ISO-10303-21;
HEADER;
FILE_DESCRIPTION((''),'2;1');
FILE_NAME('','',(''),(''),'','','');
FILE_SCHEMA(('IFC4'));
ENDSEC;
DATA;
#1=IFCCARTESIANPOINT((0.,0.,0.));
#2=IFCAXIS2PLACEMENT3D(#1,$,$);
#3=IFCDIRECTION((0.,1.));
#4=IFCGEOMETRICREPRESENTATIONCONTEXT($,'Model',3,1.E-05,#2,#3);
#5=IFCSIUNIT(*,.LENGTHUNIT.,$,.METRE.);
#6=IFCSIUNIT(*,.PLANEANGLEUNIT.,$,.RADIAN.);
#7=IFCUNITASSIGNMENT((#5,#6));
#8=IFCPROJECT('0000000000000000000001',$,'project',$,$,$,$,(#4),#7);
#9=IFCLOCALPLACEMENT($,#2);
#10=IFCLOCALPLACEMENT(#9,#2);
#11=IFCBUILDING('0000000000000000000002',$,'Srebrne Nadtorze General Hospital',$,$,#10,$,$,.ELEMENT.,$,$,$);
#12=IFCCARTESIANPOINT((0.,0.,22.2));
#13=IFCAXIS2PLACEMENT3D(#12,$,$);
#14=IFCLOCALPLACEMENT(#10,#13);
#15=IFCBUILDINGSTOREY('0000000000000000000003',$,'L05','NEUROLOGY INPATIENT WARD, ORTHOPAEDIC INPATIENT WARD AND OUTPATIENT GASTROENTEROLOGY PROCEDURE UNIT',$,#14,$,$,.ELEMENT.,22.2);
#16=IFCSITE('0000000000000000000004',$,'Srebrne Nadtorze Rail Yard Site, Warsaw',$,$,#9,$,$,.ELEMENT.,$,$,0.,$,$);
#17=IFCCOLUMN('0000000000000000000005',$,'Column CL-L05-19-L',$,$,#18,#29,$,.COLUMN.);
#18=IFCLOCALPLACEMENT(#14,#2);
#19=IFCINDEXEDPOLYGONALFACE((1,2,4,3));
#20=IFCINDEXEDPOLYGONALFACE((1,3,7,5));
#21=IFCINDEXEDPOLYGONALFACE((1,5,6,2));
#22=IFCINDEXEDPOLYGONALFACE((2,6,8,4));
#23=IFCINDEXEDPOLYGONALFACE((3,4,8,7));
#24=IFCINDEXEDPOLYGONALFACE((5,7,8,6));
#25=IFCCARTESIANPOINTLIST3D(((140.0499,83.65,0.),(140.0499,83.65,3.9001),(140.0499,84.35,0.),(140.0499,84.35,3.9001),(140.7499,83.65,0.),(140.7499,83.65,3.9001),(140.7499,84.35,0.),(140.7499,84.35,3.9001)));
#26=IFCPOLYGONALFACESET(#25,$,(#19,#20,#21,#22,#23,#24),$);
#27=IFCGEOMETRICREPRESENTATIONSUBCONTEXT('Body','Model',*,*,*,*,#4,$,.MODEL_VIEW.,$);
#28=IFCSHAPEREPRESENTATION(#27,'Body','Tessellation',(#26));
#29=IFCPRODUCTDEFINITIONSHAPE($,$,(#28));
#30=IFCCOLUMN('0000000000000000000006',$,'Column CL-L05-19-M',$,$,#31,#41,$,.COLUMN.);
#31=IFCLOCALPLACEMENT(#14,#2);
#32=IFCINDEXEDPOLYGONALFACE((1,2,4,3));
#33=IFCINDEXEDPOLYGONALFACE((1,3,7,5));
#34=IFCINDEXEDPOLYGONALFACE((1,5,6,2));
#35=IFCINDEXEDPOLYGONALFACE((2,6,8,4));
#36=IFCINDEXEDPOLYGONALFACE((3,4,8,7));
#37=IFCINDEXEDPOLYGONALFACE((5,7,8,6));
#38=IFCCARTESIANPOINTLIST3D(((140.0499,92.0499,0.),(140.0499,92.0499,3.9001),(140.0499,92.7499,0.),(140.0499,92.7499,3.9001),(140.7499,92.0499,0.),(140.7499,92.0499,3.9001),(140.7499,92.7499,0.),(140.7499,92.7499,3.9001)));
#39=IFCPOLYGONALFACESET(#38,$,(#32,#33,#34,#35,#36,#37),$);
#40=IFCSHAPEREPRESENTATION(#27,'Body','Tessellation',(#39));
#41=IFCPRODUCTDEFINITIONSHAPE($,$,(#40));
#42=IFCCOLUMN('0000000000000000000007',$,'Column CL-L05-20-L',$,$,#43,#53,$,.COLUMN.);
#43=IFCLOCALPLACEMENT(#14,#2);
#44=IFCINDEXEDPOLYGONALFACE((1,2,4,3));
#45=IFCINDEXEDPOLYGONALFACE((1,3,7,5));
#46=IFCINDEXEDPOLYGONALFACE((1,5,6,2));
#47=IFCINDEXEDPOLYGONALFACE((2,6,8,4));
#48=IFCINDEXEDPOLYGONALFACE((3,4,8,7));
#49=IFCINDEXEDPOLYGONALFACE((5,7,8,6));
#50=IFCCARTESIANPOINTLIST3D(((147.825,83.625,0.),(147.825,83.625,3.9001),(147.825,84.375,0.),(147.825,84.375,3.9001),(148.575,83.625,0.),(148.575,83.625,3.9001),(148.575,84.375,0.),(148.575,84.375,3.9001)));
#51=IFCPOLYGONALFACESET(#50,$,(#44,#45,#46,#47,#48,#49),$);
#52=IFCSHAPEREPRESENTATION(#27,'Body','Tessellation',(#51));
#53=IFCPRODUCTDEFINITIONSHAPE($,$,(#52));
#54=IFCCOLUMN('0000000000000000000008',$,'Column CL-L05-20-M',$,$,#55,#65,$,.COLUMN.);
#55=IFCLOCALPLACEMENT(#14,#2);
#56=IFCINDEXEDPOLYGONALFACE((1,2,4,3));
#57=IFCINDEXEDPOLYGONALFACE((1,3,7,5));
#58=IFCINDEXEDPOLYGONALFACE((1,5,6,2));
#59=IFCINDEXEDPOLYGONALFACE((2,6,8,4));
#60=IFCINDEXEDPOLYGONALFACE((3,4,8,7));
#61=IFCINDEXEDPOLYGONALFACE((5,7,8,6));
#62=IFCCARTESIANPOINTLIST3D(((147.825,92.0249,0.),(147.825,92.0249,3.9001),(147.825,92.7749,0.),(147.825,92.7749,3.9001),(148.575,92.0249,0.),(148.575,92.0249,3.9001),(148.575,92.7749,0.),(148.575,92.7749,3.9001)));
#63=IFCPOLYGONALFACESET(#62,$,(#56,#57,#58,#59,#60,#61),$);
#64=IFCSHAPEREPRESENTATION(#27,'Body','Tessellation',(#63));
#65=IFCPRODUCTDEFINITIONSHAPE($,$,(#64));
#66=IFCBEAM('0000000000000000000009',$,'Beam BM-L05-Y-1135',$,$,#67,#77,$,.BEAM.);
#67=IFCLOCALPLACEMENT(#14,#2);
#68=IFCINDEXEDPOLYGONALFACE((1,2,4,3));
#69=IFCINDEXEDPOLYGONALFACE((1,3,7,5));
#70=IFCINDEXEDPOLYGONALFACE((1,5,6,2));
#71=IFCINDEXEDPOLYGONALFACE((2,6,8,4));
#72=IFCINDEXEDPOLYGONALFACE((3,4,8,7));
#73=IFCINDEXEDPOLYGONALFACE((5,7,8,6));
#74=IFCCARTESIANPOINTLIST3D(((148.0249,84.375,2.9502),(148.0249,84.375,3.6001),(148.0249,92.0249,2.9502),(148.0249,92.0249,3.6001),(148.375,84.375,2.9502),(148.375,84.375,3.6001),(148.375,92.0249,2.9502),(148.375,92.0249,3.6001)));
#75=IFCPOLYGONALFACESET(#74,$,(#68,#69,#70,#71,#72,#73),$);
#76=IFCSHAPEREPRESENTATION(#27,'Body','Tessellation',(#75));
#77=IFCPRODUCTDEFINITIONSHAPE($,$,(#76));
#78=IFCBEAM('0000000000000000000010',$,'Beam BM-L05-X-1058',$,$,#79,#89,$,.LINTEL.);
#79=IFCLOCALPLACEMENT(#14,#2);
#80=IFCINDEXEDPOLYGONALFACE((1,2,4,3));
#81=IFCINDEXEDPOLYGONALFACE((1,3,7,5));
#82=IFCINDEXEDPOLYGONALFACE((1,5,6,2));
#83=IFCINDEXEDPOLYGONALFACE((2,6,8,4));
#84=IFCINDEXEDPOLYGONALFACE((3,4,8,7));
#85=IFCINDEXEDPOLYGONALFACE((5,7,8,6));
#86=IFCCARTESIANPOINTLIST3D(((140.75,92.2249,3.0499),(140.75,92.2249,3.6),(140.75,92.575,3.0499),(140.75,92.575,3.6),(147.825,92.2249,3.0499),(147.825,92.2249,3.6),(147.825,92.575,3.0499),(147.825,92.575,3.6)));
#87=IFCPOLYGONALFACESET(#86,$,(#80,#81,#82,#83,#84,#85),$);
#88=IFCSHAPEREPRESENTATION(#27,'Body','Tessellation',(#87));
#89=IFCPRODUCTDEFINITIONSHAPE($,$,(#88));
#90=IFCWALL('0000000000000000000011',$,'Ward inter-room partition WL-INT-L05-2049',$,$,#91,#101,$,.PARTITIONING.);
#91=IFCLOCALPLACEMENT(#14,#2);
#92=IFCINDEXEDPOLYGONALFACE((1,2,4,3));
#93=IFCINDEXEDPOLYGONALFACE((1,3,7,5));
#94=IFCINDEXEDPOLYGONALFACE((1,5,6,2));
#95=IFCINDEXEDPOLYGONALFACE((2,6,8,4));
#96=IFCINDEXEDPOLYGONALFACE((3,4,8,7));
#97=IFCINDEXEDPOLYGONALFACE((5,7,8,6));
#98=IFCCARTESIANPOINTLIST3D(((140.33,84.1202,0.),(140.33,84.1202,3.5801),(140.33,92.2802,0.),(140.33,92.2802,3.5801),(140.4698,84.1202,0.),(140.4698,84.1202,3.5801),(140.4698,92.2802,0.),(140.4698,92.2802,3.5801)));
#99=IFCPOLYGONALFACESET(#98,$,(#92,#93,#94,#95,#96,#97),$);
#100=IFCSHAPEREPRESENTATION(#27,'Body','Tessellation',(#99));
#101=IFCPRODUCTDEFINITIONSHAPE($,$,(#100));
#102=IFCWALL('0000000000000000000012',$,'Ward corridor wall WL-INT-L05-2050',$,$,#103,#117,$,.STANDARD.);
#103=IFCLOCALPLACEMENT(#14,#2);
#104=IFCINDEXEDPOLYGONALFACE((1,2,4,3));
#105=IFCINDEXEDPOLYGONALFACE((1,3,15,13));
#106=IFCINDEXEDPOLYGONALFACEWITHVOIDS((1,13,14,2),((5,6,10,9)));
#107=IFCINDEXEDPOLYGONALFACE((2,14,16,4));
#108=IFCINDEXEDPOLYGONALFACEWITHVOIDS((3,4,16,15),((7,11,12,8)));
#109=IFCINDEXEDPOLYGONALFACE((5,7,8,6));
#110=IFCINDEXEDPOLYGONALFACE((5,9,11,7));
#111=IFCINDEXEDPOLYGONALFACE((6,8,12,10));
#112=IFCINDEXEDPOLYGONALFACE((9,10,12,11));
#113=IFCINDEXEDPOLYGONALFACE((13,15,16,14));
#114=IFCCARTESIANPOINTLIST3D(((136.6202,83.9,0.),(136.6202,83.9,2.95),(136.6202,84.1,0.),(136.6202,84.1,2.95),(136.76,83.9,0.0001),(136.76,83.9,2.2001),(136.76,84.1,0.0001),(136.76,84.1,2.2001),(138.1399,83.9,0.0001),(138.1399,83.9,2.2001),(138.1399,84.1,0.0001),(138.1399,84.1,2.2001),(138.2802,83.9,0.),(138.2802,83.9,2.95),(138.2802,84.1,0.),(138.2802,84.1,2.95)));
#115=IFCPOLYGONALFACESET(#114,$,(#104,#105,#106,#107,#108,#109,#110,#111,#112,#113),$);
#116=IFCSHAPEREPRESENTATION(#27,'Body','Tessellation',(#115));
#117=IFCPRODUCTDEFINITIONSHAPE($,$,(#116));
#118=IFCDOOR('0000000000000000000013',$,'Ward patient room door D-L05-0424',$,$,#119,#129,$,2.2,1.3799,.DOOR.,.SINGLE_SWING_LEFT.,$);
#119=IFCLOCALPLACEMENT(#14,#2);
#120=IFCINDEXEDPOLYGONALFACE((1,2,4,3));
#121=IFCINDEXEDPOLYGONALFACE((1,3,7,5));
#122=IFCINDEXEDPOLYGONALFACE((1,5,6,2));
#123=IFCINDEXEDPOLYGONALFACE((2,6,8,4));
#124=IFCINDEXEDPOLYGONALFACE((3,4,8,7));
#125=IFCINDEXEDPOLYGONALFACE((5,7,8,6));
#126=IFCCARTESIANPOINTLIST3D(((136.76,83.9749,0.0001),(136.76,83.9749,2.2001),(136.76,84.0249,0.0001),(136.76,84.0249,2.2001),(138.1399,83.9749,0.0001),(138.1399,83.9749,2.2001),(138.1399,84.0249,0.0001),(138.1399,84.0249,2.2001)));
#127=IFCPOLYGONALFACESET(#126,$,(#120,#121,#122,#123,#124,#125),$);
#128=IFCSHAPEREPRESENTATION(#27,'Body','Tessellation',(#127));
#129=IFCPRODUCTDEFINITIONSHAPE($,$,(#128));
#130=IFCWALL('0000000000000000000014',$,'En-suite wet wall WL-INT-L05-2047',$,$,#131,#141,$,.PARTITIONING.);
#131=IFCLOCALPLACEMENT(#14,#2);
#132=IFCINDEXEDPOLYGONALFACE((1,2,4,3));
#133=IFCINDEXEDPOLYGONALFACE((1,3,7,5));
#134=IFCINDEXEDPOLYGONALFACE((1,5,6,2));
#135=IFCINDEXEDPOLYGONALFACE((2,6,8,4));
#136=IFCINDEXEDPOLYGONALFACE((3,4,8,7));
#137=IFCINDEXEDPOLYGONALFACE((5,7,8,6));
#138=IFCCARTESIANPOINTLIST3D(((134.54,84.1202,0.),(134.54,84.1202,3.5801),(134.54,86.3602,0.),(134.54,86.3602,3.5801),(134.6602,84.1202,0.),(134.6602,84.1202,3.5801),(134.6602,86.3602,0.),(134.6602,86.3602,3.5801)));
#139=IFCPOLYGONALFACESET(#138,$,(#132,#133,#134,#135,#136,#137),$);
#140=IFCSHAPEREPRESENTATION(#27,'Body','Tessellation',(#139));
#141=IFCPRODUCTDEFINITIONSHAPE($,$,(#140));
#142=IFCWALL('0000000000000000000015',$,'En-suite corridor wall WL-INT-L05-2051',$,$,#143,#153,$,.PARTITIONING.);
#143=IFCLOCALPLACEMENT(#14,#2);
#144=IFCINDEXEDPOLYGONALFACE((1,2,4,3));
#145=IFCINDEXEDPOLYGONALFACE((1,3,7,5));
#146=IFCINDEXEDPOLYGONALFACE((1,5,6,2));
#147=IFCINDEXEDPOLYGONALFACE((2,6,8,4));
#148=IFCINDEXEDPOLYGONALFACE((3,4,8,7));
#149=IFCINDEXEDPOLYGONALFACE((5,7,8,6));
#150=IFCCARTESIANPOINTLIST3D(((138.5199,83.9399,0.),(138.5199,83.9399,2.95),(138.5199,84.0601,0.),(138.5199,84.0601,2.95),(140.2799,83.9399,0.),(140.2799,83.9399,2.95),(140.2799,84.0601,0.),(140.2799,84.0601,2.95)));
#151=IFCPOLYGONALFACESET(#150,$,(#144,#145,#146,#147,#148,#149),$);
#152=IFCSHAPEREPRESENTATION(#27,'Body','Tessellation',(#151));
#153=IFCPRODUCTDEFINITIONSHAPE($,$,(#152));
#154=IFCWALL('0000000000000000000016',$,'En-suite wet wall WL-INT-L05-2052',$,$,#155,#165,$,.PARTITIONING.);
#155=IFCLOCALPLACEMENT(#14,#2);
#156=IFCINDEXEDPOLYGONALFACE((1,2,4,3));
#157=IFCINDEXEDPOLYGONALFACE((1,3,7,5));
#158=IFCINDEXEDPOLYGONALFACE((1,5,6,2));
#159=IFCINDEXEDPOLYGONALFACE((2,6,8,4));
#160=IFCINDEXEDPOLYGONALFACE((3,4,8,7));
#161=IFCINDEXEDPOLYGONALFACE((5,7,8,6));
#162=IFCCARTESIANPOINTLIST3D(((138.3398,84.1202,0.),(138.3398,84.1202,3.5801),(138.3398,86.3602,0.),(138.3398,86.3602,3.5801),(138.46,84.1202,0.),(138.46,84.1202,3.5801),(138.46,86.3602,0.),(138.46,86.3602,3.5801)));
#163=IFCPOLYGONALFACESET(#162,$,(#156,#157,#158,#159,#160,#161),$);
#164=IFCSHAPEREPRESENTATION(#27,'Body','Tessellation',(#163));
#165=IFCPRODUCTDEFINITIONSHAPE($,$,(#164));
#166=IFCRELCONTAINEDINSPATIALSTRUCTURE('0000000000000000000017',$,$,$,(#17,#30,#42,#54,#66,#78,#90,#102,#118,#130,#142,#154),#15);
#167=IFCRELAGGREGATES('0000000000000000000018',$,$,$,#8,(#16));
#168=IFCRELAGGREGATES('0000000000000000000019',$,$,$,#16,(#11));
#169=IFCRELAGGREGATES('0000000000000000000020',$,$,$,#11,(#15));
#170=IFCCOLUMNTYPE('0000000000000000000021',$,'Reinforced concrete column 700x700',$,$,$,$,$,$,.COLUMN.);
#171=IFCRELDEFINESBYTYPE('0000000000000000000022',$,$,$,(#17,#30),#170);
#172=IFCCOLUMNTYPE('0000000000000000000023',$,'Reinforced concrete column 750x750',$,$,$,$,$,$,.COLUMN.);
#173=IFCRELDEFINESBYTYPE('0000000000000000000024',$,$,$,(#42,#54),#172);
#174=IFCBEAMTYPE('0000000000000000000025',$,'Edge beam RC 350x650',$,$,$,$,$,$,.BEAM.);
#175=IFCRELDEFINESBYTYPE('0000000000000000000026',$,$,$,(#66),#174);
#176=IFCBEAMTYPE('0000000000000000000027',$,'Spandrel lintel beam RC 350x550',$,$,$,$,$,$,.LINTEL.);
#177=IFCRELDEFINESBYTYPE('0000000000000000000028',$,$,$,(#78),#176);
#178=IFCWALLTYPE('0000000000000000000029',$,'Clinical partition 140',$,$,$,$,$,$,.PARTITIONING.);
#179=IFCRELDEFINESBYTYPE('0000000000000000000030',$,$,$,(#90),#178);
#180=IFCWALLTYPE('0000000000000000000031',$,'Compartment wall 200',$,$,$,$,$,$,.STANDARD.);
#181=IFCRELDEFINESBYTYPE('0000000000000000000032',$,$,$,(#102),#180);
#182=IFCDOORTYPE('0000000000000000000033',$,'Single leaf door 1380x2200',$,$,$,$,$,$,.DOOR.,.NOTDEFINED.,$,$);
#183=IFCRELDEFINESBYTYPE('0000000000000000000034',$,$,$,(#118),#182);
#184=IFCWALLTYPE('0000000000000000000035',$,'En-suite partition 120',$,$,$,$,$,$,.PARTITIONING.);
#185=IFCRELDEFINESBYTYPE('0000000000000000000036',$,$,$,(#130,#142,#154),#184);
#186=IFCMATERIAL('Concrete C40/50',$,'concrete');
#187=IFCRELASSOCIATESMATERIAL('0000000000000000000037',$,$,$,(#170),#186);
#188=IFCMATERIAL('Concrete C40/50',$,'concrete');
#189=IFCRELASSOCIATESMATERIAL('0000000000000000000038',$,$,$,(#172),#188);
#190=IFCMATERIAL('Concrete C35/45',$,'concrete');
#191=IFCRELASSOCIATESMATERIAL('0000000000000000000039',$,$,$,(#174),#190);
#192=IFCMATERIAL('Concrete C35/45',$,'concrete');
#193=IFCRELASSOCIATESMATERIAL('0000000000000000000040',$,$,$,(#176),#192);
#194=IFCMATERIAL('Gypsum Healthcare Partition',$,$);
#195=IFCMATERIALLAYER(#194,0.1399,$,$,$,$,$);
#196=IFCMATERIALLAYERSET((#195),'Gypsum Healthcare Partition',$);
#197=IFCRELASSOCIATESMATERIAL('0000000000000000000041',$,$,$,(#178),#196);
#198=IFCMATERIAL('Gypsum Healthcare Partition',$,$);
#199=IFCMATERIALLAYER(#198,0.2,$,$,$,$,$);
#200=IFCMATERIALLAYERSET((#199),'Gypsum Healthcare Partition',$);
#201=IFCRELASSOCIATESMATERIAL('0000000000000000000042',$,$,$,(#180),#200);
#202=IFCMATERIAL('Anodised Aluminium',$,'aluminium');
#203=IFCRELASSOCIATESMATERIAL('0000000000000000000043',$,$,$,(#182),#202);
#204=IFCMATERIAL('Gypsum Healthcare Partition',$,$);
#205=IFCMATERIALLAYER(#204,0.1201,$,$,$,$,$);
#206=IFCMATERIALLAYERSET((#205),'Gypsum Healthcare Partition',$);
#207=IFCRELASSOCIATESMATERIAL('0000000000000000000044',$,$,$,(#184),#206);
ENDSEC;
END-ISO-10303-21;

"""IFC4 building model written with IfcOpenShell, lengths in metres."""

from ifc_helpers import new_model, si_unit, direction, frame, frame_2d, origin, origin_2d, place, context, subcontext, project, spatial, rectangle, extrude, material, layer, layer_set, material_profile, profile_set, type_object, element, fill, save


model = new_model("IFC4")

# Units and contexts
model_context = context("Model", 3, precision=1e-05, world=origin(), true_north=direction((0.0, 1.0)))
body_context = subcontext(model_context, "Body", "Model", "MODEL_VIEW")
ifc_project = project(units=[si_unit("LENGTHUNIT", "METRE"), si_unit("PLANEANGLEUNIT", "RADIAN")], contexts=[model_context])

# Site, building, storey
site_placement = place(None, origin())
site = spatial("IfcSite", under=ifc_project, at=site_placement, Name="Srebrne Nadtorze Rail Yard Site, Warsaw", CompositionType="ELEMENT", RefElevation=0.0)
building_placement = place(site_placement, origin())
building = spatial("IfcBuilding", under=site, at=building_placement, Name="Srebrne Nadtorze General Hospital", CompositionType="ELEMENT")
storey_placement = place(building_placement, frame((0.0, 0.0, 22.2)))
storey = spatial("IfcBuildingStorey", under=building, at=storey_placement, Name="L05", Description="NEUROLOGY INPATIENT WARD, ORTHOPAEDIC INPATIENT WARD AND OUTPATIENT GASTROENTEROLOGY PROCEDURE UNIT", CompositionType="ELEMENT", Elevation=22.2)

# Columns
ifc_material_1 = material(Name="Concrete C40/50", Category="concrete")
ifc_material_profile_1 = material_profile(ifc_material_1, rectangle(XDim=0.7, YDim=0.7, at=origin_2d()), Name="RC-COL-700x700")
ifc_profile_set_1 = profile_set([ifc_material_profile_1], Name="Concrete C40/50")
column_type_1 = type_object("IfcColumnType", Name="Reinforced concrete column 700x700", PredefinedType="COLUMN", material=ifc_profile_set_1)
for number, where, z_axis, x_axis, name in (
    (1, (140.3999, 84.0, 0.0), (0.0, 0.0, 1.0), (1.0, 0.0, 0.0), "Column CL-L05-19-L"),
    (2, (140.3999, 92.3999, 0.0), (0.0, 0.0, 1.0), (1.0, 0.0, 0.0), "Column CL-L05-19-M"),
):
    element("IfcColumn", number, at=place(storey_placement, frame(where, z_axis=z_axis, x_axis=x_axis)), inside=storey, type_object=column_type_1, Name=name, PredefinedType="COLUMN", context=body_context, shape_type="SweptSolid", body=[
        extrude(rectangle(XDim=0.7, YDim=0.7, at=origin_2d()), origin(), (0.0, 0.0, 1.0), 3.9001),
    ])
ifc_material_2 = material(Name="Concrete C40/50", Category="concrete")
ifc_material_profile_2 = material_profile(ifc_material_2, rectangle(XDim=0.75, YDim=0.75, at=origin_2d()), Name="RC-COL-750x750")
ifc_profile_set_2 = profile_set([ifc_material_profile_2], Name="Concrete C40/50")
column_type_2 = type_object("IfcColumnType", Name="Reinforced concrete column 750x750", PredefinedType="COLUMN", material=ifc_profile_set_2)
for number, where, z_axis, x_axis, name in (
    (3, (148.2, 84.0, 0.0), (0.0, 0.0, 1.0), (1.0, 0.0, 0.0), "Column CL-L05-20-L"),
    (4, (148.2, 92.3999, 0.0), (0.0, 0.0, 1.0), (1.0, 0.0, 0.0), "Column CL-L05-20-M"),
):
    element("IfcColumn", number, at=place(storey_placement, frame(where, z_axis=z_axis, x_axis=x_axis)), inside=storey, type_object=column_type_2, Name=name, PredefinedType="COLUMN", context=body_context, shape_type="SweptSolid", body=[
        extrude(rectangle(XDim=0.75, YDim=0.75, at=origin_2d()), origin(), (0.0, 0.0, 1.0), 3.9001),
    ])

# Beams
ifc_material_3 = material(Name="Concrete C35/45", Category="concrete")
ifc_material_profile_3 = material_profile(ifc_material_3, rectangle(XDim=0.3501, YDim=0.6499, at=origin_2d()), Name="RC-BM-350x650")
ifc_profile_set_3 = profile_set([ifc_material_profile_3], Name="Concrete C35/45")
beam_type_1 = type_object("IfcBeamType", Name="Edge beam RC 350x650", PredefinedType="BEAM", material=ifc_profile_set_3)
beam_1_placement = place(storey_placement, frame((148.2, 84.375, 3.2751), z_axis=(0.0, 1.0, 0.0), x_axis=(-1.0, 0.0, 0.0)))
element("IfcBeam", 5, at=beam_1_placement, inside=storey, type_object=beam_type_1, Name="Beam BM-L05-Y-1135", PredefinedType="BEAM", context=body_context, shape_type="SweptSolid", body=[
    extrude(rectangle(XDim=0.3501, YDim=0.6499, at=origin_2d()), origin(), (0.0, 0.0, 1.0), 7.6499),
])
ifc_material_4 = material(Name="Concrete C35/45", Category="concrete")
ifc_material_profile_4 = material_profile(ifc_material_4, rectangle(XDim=0.3501, YDim=0.55, at=origin_2d()), Name="RC-BM-350x550")
ifc_profile_set_4 = profile_set([ifc_material_profile_4], Name="Concrete C35/45")
beam_type_2 = type_object("IfcBeamType", Name="Spandrel lintel beam RC 350x550", PredefinedType="LINTEL", material=ifc_profile_set_4)
beam_2_placement = place(storey_placement, frame((140.75, 92.3999, 3.325), z_axis=(1.0, 0.0, 0.0), x_axis=(0.0, 1.0, 0.0)))
element("IfcBeam", 6, at=beam_2_placement, inside=storey, type_object=beam_type_2, Name="Beam BM-L05-X-1058", PredefinedType="LINTEL", context=body_context, shape_type="SweptSolid", body=[
    extrude(rectangle(XDim=0.3501, YDim=0.55, at=origin_2d()), origin(), (0.0, 0.0, 1.0), 7.075),
])

# Wall
ifc_material_5 = material(Name="Gypsum Healthcare Partition")
ifc_layer_1 = layer(ifc_material_5, 0.1399)
ifc_layer_set_1 = layer_set([ifc_layer_1], Name="Gypsum Healthcare Partition")
wall_type_1 = type_object("IfcWallType", Name="Clinical partition 140", PredefinedType="PARTITIONING", material=ifc_layer_set_1)
wall_1_placement = place(storey_placement, frame((140.3999, 84.1201, 0.0), z_axis=(0.0, 0.0, 1.0), x_axis=(0.0, 1.0, 0.0)))
element("IfcWall", 7, at=wall_1_placement, inside=storey, type_object=wall_type_1, Name="Ward inter-room partition WL-INT-L05-2049", PredefinedType="PARTITIONING", context=body_context, shape_type="SweptSolid", body=[
    extrude(rectangle(XDim=8.1599, YDim=0.1399, at=frame_2d((4.0801, 0.0))), origin(), (0.0, 0.0, 1.0), 3.5801),
])

# Wall, opening, door
ifc_material_6 = material(Name="Gypsum Healthcare Partition")
ifc_layer_2 = layer(ifc_material_6, 0.2)
ifc_layer_set_2 = layer_set([ifc_layer_2], Name="Gypsum Healthcare Partition")
wall_type_2 = type_object("IfcWallType", Name="Compartment wall 200", PredefinedType="STANDARD", material=ifc_layer_set_2)
wall_2_placement = place(storey_placement, frame((136.6201, 84.0, 0.0), z_axis=(0.0, 0.0, 1.0), x_axis=(1.0, 0.0, 0.0)))
wall_2 = element("IfcWall", 8, at=wall_2_placement, inside=storey, type_object=wall_type_2, Name="Ward corridor wall WL-INT-L05-2050", PredefinedType="STANDARD", context=body_context, shape_type="SweptSolid", body=[
    extrude(rectangle(XDim=1.6599, YDim=0.2, at=frame_2d((0.8301, 0.0))), origin(), (0.0, 0.0, 1.0), 2.95),
])
opening_1_placement = place(wall_2_placement, frame((0.1399, 0.0, 0.0)))
opening_1 = element("IfcOpeningElement", 9, at=opening_1_placement, cuts=wall_2, PredefinedType="OPENING", context=body_context, shape_type="SweptSolid", body=[
    extrude(rectangle(XDim=1.3799, YDim=2.2, at=frame_2d((0.6899, 1.1001))), frame((0.0, 0.1118, 0.0), z_axis=(0.0, -1.0, 0.0), x_axis=(1.0, 0.0, 0.0)), (0.0, 0.0, 1.0), 0.2239),
])
ifc_material_7 = material(Name="Anodised Aluminium", Category="aluminium")
door_type_1 = type_object("IfcDoorType", Name="Single leaf door 1380x2200", OperationType="NOTDEFINED", PredefinedType="DOOR", material=ifc_material_7)
door_1_placement = place(opening_1_placement, origin())
door_1 = element("IfcDoor", 10, at=door_1_placement, inside=storey, type_object=door_type_1, Name="Ward patient room door D-L05-0424", OperationType="SINGLE_SWING_LEFT", OverallHeight=2.2, OverallWidth=1.3799, PredefinedType="DOOR", context=body_context, shape_type="SweptSolid", body=[
    extrude(rectangle(XDim=1.3799, YDim=2.2, at=frame_2d((0.6899, 1.1001))), frame((0.0, 0.0249, 0.0), z_axis=(0.0, -1.0, 0.0), x_axis=(1.0, 0.0, 0.0)), (0.0, 0.0, 1.0), 0.05),
])
fill(opening_1, door_1)

# Walls
ifc_material_8 = material(Name="Gypsum Healthcare Partition")
ifc_layer_3 = layer(ifc_material_8, 0.1201)
ifc_layer_set_3 = layer_set([ifc_layer_3], Name="Gypsum Healthcare Partition")
wall_type_3 = type_object("IfcWallType", Name="En-suite partition 120", PredefinedType="PARTITIONING", material=ifc_layer_set_3)
wall_3_placement = place(storey_placement, frame((134.6001, 84.1201, 0.0), z_axis=(0.0, 0.0, 1.0), x_axis=(0.0, 1.0, 0.0)))
element("IfcWall", 11, at=wall_3_placement, inside=storey, type_object=wall_type_3, Name="En-suite wet wall WL-INT-L05-2047", PredefinedType="PARTITIONING", context=body_context, shape_type="SweptSolid", body=[
    extrude(rectangle(XDim=2.24, YDim=0.1201, at=frame_2d((1.1201, 0.0))), origin(), (0.0, 0.0, 1.0), 3.5801),
])
wall_4_placement = place(storey_placement, frame((138.52, 84.0, 0.0), z_axis=(0.0, 0.0, 1.0), x_axis=(1.0, 0.0, 0.0)))
element("IfcWall", 12, at=wall_4_placement, inside=storey, type_object=wall_type_3, Name="En-suite corridor wall WL-INT-L05-2051", PredefinedType="PARTITIONING", context=body_context, shape_type="SweptSolid", body=[
    extrude(rectangle(XDim=1.76, YDim=0.1201, at=frame_2d((0.8799, 0.0))), origin(), (0.0, 0.0, 1.0), 2.95),
])
wall_5_placement = place(storey_placement, frame((138.3999, 84.1201, 0.0), z_axis=(0.0, 0.0, 1.0), x_axis=(0.0, 1.0, 0.0)))
element("IfcWall", 13, at=wall_5_placement, inside=storey, type_object=wall_type_3, Name="En-suite wet wall WL-INT-L05-2052", PredefinedType="PARTITIONING", context=body_context, shape_type="SweptSolid", body=[
    extrude(rectangle(XDim=2.24, YDim=0.1201, at=frame_2d((1.1201, 0.0))), origin(), (0.0, 0.0, 1.0), 3.5801),
])

save(model, "model.ifc")
